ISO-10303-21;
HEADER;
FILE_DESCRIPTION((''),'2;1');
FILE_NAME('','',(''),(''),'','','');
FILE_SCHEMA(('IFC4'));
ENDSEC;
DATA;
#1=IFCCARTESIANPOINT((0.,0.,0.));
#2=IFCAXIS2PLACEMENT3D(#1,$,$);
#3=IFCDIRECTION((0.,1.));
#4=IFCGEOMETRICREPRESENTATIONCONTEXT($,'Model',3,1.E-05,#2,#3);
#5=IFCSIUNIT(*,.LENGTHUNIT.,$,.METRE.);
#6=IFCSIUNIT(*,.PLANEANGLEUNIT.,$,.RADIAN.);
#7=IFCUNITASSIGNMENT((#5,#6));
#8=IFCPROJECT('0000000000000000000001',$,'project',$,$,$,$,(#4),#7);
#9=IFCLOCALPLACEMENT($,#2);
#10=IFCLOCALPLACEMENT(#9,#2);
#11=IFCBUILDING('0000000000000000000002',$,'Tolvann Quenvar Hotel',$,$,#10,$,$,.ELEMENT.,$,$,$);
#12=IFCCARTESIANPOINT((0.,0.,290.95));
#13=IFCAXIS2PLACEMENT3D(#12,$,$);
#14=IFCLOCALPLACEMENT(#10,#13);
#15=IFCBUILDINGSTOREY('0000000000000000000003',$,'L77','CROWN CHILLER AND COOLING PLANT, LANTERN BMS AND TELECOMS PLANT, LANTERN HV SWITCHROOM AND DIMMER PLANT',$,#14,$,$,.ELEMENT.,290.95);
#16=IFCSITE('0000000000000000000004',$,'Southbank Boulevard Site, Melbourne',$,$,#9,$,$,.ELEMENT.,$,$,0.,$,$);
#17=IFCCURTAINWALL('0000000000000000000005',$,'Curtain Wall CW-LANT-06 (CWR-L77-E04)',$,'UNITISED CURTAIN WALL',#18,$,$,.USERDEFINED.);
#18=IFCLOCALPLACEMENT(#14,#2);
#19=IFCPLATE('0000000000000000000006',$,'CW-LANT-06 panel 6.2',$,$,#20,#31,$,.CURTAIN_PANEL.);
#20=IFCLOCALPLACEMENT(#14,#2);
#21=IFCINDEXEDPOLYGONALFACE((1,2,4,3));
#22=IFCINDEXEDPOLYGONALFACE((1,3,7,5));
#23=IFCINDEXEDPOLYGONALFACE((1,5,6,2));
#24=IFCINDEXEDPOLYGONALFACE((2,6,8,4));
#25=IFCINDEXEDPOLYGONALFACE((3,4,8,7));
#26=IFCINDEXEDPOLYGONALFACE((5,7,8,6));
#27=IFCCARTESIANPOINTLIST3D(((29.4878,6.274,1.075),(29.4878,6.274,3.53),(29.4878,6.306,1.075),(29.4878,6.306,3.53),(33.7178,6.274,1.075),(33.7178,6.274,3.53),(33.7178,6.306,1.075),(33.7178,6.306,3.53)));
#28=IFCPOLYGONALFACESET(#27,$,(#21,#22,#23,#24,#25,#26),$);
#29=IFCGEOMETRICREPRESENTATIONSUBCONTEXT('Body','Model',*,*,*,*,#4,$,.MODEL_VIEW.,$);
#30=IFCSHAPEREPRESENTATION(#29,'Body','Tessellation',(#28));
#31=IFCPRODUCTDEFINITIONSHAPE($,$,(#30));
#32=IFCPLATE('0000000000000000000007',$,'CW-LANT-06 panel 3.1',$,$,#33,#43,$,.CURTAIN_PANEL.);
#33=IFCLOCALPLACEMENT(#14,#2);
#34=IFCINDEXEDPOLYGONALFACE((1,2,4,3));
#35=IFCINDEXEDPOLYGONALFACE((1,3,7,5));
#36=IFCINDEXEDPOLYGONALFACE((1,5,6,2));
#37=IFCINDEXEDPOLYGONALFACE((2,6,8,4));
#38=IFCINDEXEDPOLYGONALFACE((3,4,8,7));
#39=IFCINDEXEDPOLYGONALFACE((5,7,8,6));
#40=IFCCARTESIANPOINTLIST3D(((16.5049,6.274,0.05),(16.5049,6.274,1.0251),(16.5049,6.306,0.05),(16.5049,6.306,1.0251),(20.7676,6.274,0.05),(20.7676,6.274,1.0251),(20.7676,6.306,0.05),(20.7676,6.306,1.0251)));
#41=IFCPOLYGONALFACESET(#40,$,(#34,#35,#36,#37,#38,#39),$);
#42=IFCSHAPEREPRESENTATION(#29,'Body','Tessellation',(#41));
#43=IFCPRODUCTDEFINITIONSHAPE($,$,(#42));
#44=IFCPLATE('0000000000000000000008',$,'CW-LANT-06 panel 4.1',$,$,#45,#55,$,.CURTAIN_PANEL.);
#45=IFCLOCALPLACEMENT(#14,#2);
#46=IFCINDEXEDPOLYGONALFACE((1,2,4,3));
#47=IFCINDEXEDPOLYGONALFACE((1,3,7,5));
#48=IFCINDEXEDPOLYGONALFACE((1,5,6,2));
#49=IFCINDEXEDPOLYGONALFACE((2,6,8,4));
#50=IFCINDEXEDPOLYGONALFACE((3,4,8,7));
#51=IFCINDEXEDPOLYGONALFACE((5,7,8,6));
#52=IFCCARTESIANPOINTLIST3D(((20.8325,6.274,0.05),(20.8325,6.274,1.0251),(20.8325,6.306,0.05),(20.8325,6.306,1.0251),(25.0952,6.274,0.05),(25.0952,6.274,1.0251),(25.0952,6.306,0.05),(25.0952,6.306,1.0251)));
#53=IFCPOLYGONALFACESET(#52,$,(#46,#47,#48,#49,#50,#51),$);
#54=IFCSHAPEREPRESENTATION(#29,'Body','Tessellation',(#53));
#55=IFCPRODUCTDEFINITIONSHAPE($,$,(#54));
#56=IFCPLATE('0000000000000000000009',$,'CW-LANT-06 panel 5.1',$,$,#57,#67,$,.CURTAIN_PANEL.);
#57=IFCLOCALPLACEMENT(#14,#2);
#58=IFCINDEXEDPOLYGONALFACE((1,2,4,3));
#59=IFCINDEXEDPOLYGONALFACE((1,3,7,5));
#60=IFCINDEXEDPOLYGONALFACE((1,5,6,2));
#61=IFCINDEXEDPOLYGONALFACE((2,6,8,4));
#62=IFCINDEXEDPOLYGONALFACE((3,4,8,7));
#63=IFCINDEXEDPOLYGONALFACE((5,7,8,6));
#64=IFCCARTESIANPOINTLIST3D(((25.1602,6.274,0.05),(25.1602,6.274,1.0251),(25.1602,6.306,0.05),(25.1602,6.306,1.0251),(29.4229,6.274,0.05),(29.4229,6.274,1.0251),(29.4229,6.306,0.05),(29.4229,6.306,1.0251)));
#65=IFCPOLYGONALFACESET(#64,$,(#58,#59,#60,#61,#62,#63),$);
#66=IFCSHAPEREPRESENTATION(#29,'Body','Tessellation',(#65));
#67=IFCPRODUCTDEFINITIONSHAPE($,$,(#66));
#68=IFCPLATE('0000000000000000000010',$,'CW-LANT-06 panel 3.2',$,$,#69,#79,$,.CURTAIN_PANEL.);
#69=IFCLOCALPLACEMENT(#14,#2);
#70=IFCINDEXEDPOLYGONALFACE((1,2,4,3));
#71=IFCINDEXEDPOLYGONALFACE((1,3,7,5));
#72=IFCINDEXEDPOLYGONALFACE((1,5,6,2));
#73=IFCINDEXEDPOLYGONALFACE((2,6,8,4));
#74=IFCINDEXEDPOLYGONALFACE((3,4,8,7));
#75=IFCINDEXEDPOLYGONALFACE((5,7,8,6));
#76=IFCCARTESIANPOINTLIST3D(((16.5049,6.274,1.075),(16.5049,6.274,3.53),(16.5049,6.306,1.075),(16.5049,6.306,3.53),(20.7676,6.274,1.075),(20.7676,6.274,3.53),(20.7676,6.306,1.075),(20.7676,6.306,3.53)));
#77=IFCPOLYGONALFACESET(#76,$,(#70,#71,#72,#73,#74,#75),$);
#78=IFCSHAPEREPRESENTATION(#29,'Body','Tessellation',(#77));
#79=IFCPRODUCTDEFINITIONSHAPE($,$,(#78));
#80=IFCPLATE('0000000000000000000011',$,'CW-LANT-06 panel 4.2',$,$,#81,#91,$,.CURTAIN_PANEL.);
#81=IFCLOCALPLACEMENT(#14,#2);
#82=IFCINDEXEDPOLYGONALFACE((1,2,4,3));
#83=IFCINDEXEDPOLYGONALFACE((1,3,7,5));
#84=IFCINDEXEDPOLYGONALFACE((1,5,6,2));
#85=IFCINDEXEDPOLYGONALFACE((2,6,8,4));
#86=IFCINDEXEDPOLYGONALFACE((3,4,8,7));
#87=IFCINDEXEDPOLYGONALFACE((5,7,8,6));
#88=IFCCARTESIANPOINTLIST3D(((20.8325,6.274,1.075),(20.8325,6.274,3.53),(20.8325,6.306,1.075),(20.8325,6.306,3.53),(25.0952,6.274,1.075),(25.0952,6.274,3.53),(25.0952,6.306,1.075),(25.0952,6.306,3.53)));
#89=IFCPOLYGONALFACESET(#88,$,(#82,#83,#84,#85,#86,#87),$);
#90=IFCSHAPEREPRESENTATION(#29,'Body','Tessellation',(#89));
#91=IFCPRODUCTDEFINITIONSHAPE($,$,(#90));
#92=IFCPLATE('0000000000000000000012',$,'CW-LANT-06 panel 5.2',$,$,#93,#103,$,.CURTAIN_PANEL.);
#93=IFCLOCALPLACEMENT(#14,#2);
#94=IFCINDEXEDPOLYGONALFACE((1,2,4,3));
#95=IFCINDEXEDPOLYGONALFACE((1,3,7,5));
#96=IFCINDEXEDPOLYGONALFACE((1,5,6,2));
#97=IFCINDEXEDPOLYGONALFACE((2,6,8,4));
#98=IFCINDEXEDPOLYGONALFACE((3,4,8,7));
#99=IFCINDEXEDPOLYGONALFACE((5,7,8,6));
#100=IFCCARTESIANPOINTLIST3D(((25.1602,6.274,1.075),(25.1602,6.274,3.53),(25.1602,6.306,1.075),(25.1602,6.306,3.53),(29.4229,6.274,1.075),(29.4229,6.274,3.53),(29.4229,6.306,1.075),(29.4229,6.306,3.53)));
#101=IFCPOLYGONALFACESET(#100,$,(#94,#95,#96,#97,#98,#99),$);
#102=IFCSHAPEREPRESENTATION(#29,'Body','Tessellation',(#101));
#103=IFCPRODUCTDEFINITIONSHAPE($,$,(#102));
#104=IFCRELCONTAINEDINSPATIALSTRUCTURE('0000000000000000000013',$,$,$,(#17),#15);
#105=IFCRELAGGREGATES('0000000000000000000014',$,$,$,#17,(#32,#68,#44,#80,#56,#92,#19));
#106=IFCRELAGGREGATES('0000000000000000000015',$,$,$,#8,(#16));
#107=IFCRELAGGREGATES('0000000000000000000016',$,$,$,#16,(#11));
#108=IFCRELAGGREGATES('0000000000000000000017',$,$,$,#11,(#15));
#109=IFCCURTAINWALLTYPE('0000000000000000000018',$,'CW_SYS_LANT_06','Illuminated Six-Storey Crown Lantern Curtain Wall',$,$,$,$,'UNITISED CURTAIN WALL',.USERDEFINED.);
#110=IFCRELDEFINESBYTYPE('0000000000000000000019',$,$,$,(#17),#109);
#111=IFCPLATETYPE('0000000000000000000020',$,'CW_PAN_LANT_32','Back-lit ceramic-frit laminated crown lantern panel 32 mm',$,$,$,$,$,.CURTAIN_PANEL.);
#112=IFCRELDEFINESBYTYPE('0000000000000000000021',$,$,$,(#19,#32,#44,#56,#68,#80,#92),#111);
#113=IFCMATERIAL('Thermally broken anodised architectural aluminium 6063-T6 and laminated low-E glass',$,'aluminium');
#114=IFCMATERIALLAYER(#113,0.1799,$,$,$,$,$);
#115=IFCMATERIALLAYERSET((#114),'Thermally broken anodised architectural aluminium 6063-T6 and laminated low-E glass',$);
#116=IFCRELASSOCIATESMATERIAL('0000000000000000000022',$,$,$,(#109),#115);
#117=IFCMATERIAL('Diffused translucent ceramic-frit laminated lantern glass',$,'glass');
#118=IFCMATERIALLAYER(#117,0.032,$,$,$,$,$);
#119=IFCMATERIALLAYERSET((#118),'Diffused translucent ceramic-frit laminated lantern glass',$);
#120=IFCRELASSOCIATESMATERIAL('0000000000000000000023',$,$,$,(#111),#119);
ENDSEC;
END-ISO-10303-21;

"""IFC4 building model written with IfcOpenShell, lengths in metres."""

from ifc_helpers import new_model, si_unit, direction, frame, origin, origin_2d, place, context, subcontext, project, spatial, rectangle, extrude, source, transform, mapped, material, layer, layer_set, type_object, element, aggregate, save


model = new_model("IFC4")

# Units and contexts
model_context = context("Model", 3, precision=1e-05, world=origin(), true_north=direction((0.0, 1.0)))
body_context = subcontext(model_context, "Body", "Model", "MODEL_VIEW")
ifc_project = project(units=[si_unit("LENGTHUNIT", "METRE"), si_unit("PLANEANGLEUNIT", "RADIAN")], contexts=[model_context])

# Site, building, storey
site_placement = place(None, origin())
site = spatial("IfcSite", under=ifc_project, at=site_placement, Name="Southbank Boulevard Site, Melbourne", CompositionType="ELEMENT", RefElevation=0.0)
building_placement = place(site_placement, origin())
building = spatial("IfcBuilding", under=site, at=building_placement, Name="Tolvann Quenvar Hotel", CompositionType="ELEMENT")
storey_placement = place(building_placement, frame((0.0, 0.0, 290.95)))
storey = spatial("IfcBuildingStorey", under=building, at=storey_placement, Name="L77", Description="CROWN CHILLER AND COOLING PLANT, LANTERN BMS AND TELECOMS PLANT, LANTERN HV SWITCHROOM AND DIMMER PLANT", CompositionType="ELEMENT", Elevation=290.95)

# Curtain wall
ifc_material_1 = material(Name="Thermally broken anodised architectural aluminium 6063-T6 and laminated low-E glass", Category="aluminium")
ifc_layer_1 = layer(ifc_material_1, 0.1799)
ifc_layer_set_1 = layer_set([ifc_layer_1], Name="Thermally broken anodised architectural aluminium 6063-T6 and laminated low-E glass")
curtain_wall_type = type_object("IfcCurtainWallType", Name="CW_SYS_LANT_06", Description="Illuminated Six-Storey Crown Lantern Curtain Wall", ElementType="UNITISED CURTAIN WALL", PredefinedType="USERDEFINED", material=ifc_layer_set_1)
curtain_wall_1_placement = place(storey_placement, origin())
curtain_wall_1 = element("IfcCurtainWall", 1, at=curtain_wall_1_placement, inside=storey, type_object=curtain_wall_type, Name="Curtain Wall CW-LANT-06 (CWR-L77-E04)", ObjectType="UNITISED CURTAIN WALL", PredefinedType="USERDEFINED")

# Plates
ifc_material_2 = material(Name="Diffused translucent ceramic-frit laminated lantern glass", Category="glass")
ifc_layer_2 = layer(ifc_material_2, 0.032)
ifc_layer_set_2 = layer_set([ifc_layer_2], Name="Diffused translucent ceramic-frit laminated lantern glass")
plate_type = type_object("IfcPlateType", Name="CW_PAN_LANT_32", Description="Back-lit ceramic-frit laminated crown lantern panel 32 mm", PredefinedType="CURTAIN_PANEL", material=ifc_layer_set_2)
shared_shape_1 = source(origin(), body_context, "Body", "SweptSolid", [
    extrude(rectangle(XDim=4.23, YDim=0.032, at=origin_2d()), origin(), (0.0, 0.0, 1.0), 2.4551),
])
plate_1_placement = place(storey_placement, frame((31.6028, 6.29, 1.075), z_axis=(0.0, 0.0, 1.0), x_axis=(1.0, 0.0, 0.0)))
plate_1 = element("IfcPlate", 2, at=plate_1_placement, type_object=plate_type, Name="CW-LANT-06 panel 6.2", PredefinedType="CURTAIN_PANEL", context=body_context, shape_type="MappedRepresentation", body=[
    mapped(shared_shape_1, transform((0.0, 0.0, 0.0), x_axis=(1.0, 0.0, 0.0), y_axis=(0.0, 1.0, 0.0), z_axis=(0.0, 0.0, 1.0), scale=1.0)),
])
shared_shape_2 = source(origin(), body_context, "Body", "SweptSolid", [
    extrude(rectangle(XDim=4.2627, YDim=0.032, at=origin_2d()), origin(), (0.0, 0.0, 1.0), 0.9751),
])
plate_2_placement = place(storey_placement, frame((18.6362, 6.29, 0.05), z_axis=(0.0, 0.0, 1.0), x_axis=(1.0, 0.0, 0.0)))
plate_2 = element("IfcPlate", 3, at=plate_2_placement, type_object=plate_type, Name="CW-LANT-06 panel 3.1", PredefinedType="CURTAIN_PANEL", context=body_context, shape_type="MappedRepresentation", body=[
    mapped(shared_shape_2, transform((0.0, 0.0, 0.0), x_axis=(1.0, 0.0, 0.0), y_axis=(0.0, 1.0, 0.0), z_axis=(0.0, 0.0, 1.0), scale=1.0)),
])
plate_3_placement = place(storey_placement, frame((22.9639, 6.29, 0.05), z_axis=(0.0, 0.0, 1.0), x_axis=(1.0, 0.0, 0.0)))
plate_3 = element("IfcPlate", 4, at=plate_3_placement, type_object=plate_type, Name="CW-LANT-06 panel 4.1", PredefinedType="CURTAIN_PANEL", context=body_context, shape_type="MappedRepresentation", body=[
    mapped(shared_shape_2, transform((0.0, 0.0, 0.0), x_axis=(1.0, 0.0, 0.0), y_axis=(0.0, 1.0, 0.0), z_axis=(0.0, 0.0, 1.0), scale=1.0)),
])
plate_4_placement = place(storey_placement, frame((27.2915, 6.29, 0.05), z_axis=(0.0, 0.0, 1.0), x_axis=(1.0, 0.0, 0.0)))
plate_4 = element("IfcPlate", 5, at=plate_4_placement, type_object=plate_type, Name="CW-LANT-06 panel 5.1", PredefinedType="CURTAIN_PANEL", context=body_context, shape_type="MappedRepresentation", body=[
    mapped(shared_shape_2, transform((0.0, 0.0, 0.0), x_axis=(1.0, 0.0, 0.0), y_axis=(0.0, 1.0, 0.0), z_axis=(0.0, 0.0, 1.0), scale=1.0)),
])
shared_shape_3 = source(origin(), body_context, "Body", "SweptSolid", [
    extrude(rectangle(XDim=4.2627, YDim=0.032, at=origin_2d()), origin(), (0.0, 0.0, 1.0), 2.4551),
])
plate_5_placement = place(storey_placement, frame((18.6362, 6.29, 1.075), z_axis=(0.0, 0.0, 1.0), x_axis=(1.0, 0.0, 0.0)))
plate_5 = element("IfcPlate", 6, at=plate_5_placement, type_object=plate_type, Name="CW-LANT-06 panel 3.2", PredefinedType="CURTAIN_PANEL", context=body_context, shape_type="MappedRepresentation", body=[
    mapped(shared_shape_3, transform((0.0, 0.0, 0.0), x_axis=(1.0, 0.0, 0.0), y_axis=(0.0, 1.0, 0.0), z_axis=(0.0, 0.0, 1.0), scale=1.0)),
])
plate_6_placement = place(storey_placement, frame((22.9639, 6.29, 1.075), z_axis=(0.0, 0.0, 1.0), x_axis=(1.0, 0.0, 0.0)))
plate_6 = element("IfcPlate", 7, at=plate_6_placement, type_object=plate_type, Name="CW-LANT-06 panel 4.2", PredefinedType="CURTAIN_PANEL", context=body_context, shape_type="MappedRepresentation", body=[
    mapped(shared_shape_3, transform((0.0, 0.0, 0.0), x_axis=(1.0, 0.0, 0.0), y_axis=(0.0, 1.0, 0.0), z_axis=(0.0, 0.0, 1.0), scale=1.0)),
])
plate_7_placement = place(storey_placement, frame((27.2915, 6.29, 1.075), z_axis=(0.0, 0.0, 1.0), x_axis=(1.0, 0.0, 0.0)))
plate_7 = element("IfcPlate", 8, at=plate_7_placement, type_object=plate_type, Name="CW-LANT-06 panel 5.2", PredefinedType="CURTAIN_PANEL", context=body_context, shape_type="MappedRepresentation", body=[
    mapped(shared_shape_3, transform((0.0, 0.0, 0.0), x_axis=(1.0, 0.0, 0.0), y_axis=(0.0, 1.0, 0.0), z_axis=(0.0, 0.0, 1.0), scale=1.0)),
])
aggregate(curtain_wall_1, [plate_2, plate_5, plate_3, plate_6, plate_4, plate_7, plate_1])

save(model, "model.ifc")
